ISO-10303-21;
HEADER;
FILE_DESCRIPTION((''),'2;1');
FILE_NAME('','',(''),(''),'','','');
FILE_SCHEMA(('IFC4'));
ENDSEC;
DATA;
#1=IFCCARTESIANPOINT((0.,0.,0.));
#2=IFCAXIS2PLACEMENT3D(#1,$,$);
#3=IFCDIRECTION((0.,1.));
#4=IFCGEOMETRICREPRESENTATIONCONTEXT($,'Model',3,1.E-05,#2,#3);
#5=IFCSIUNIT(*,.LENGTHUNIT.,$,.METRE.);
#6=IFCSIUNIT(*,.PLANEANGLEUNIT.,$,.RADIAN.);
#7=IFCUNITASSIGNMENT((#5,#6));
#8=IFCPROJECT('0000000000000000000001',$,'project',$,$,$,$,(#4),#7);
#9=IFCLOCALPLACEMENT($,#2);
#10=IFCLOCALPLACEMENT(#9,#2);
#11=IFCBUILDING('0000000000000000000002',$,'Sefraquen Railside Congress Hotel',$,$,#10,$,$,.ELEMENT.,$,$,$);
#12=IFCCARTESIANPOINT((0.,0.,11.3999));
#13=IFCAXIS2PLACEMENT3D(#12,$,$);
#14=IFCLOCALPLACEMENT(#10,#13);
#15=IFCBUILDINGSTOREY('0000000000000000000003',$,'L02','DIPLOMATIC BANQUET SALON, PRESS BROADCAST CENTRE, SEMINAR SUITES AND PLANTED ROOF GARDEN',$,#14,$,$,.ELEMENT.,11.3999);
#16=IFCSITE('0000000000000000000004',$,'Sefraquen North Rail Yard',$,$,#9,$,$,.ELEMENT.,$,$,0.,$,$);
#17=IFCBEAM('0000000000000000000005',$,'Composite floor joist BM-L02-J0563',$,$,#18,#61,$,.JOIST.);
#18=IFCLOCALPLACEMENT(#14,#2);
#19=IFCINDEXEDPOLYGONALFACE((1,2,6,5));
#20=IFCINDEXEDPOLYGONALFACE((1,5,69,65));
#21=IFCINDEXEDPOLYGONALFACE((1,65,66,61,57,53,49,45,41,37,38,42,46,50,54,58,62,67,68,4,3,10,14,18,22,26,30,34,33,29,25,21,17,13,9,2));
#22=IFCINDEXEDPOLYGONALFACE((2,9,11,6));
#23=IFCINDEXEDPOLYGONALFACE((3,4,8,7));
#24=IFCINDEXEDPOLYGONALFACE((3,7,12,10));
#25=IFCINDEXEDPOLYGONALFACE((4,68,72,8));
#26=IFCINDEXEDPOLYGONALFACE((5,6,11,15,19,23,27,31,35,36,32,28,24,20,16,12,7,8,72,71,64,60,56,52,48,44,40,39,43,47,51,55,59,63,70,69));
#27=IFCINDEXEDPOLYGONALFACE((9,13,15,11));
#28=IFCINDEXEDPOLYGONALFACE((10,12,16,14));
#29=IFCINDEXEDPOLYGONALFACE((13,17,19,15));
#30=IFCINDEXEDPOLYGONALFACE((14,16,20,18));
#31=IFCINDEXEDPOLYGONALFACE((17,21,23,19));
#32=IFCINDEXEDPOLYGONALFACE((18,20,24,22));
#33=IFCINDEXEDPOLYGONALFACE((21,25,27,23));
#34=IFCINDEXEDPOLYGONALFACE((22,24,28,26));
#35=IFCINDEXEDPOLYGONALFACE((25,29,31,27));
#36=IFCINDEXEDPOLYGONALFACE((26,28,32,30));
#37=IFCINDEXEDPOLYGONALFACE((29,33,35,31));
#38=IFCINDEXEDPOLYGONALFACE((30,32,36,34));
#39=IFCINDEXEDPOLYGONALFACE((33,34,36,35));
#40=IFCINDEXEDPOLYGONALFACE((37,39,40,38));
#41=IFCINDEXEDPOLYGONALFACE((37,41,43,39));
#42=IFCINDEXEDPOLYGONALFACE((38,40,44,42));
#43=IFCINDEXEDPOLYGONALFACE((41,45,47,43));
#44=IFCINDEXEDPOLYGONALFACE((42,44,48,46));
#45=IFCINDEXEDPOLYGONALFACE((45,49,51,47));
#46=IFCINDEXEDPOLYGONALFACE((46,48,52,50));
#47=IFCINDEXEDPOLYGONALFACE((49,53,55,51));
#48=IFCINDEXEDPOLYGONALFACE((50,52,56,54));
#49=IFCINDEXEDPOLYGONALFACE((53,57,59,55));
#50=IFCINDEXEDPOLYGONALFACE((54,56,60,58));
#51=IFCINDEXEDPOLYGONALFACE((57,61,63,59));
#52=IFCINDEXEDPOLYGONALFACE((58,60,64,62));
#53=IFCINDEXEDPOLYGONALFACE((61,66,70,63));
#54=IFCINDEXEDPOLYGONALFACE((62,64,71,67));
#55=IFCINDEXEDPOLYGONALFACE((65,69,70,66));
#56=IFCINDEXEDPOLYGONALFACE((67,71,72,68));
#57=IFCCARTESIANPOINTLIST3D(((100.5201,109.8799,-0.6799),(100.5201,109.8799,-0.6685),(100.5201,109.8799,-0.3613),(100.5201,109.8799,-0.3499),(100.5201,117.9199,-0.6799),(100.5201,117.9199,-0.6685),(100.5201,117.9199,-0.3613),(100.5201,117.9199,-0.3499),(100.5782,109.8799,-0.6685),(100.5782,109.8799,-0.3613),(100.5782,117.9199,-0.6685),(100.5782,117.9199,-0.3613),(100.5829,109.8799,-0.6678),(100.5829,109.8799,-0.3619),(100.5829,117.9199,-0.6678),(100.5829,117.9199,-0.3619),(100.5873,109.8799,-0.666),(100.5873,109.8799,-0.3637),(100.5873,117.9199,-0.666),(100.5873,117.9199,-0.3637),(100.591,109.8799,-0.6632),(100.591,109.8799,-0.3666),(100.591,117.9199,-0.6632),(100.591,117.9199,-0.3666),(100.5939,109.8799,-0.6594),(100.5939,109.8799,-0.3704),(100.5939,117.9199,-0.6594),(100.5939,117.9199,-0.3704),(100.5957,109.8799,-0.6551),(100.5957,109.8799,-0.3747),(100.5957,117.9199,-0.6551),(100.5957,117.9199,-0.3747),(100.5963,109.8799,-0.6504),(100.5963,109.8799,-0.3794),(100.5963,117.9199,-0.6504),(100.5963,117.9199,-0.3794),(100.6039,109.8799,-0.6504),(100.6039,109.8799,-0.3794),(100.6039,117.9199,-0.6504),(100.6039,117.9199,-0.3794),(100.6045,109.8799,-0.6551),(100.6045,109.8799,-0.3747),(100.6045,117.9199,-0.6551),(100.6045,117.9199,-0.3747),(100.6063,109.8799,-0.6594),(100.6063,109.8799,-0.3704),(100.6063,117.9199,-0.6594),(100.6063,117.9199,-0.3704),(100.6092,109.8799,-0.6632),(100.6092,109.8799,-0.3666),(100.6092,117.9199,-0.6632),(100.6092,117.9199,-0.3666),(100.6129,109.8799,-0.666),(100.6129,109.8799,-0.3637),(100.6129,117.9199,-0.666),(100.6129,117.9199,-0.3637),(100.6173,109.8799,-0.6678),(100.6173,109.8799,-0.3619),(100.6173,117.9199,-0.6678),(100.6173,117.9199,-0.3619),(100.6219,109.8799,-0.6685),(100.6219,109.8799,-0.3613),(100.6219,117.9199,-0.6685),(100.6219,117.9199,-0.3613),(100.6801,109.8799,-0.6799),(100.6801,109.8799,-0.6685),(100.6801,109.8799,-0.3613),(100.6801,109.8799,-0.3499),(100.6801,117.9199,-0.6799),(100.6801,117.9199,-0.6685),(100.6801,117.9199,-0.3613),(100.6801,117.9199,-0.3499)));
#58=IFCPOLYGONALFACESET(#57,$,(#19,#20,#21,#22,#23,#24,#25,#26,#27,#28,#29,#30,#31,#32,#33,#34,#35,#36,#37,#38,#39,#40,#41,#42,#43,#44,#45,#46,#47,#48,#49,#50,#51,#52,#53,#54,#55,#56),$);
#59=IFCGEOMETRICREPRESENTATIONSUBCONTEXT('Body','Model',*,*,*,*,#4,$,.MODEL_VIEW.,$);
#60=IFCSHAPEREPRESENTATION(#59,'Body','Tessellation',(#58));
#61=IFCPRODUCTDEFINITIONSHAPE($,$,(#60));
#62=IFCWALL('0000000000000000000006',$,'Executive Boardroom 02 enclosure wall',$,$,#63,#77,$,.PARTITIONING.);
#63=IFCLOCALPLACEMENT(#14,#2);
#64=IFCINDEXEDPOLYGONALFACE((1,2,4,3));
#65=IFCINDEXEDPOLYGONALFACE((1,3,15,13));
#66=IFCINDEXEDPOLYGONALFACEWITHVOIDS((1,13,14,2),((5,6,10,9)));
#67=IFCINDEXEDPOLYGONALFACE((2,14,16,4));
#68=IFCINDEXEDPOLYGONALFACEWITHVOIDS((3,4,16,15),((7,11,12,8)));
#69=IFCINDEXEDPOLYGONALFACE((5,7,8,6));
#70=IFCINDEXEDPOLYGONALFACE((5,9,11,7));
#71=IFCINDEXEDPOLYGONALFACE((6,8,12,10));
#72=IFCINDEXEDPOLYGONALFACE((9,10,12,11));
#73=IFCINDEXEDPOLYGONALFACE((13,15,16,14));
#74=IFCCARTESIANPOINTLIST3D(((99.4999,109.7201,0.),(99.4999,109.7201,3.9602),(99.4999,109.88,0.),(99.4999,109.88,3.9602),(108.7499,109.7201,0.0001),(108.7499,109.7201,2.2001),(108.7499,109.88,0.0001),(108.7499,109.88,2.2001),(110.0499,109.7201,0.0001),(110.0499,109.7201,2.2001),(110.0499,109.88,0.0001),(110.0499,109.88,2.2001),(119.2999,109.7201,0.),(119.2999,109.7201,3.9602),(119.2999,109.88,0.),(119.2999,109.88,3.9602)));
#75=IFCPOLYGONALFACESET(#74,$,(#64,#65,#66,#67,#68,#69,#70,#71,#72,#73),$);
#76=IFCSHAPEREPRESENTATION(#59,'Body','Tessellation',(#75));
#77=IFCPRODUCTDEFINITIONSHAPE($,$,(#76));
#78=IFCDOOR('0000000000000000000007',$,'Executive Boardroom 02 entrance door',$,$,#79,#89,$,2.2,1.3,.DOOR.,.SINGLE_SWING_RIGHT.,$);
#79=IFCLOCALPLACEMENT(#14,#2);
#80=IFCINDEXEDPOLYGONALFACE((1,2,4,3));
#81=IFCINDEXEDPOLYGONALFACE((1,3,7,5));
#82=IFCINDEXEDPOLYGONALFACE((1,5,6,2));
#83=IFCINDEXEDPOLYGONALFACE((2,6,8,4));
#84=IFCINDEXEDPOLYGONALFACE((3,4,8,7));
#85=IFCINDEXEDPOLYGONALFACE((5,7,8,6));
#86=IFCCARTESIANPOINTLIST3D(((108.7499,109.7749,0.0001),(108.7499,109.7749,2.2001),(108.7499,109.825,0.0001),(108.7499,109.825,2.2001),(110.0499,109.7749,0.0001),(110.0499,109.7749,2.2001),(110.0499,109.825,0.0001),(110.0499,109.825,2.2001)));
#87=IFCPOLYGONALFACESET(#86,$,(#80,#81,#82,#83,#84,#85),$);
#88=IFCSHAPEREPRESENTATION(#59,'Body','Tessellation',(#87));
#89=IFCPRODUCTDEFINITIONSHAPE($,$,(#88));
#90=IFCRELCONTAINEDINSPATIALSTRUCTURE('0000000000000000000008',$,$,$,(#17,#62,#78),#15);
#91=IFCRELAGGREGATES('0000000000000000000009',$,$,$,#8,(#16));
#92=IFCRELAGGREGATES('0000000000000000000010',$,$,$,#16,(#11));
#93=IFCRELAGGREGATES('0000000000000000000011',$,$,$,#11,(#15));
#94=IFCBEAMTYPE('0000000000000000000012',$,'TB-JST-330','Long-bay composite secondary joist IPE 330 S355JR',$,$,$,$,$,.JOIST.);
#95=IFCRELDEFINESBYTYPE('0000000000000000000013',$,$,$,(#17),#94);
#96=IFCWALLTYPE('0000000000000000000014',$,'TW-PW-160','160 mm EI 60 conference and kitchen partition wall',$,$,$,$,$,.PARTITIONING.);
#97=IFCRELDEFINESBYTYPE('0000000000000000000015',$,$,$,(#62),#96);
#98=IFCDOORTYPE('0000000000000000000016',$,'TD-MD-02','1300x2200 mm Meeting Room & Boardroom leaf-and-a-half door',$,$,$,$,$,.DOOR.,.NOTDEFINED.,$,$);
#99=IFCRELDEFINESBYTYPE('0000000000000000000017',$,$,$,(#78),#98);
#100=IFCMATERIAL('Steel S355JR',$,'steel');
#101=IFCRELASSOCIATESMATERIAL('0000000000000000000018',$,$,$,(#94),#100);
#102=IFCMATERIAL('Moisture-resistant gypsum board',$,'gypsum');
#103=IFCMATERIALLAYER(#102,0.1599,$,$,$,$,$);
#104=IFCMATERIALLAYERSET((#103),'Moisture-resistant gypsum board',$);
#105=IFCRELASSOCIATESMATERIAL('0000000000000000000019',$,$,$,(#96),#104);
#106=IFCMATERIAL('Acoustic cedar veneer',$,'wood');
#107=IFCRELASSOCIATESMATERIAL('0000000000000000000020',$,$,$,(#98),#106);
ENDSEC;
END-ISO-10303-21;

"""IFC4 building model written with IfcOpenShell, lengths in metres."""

from ifc_helpers import new_model, si_unit, direction, frame, frame_2d, origin, origin_2d, place, context, subcontext, project, spatial, rectangle, i_section, extrude, material, layer, layer_set, material_profile, profile_set, type_object, element, fill, save


model = new_model("IFC4")

# Units and contexts
model_context = context("Model", 3, precision=1e-05, world=origin(), true_north=direction((0.0, 1.0)))
body_context = subcontext(model_context, "Body", "Model", "MODEL_VIEW")
ifc_project = project(units=[si_unit("LENGTHUNIT", "METRE"), si_unit("PLANEANGLEUNIT", "RADIAN")], contexts=[model_context])

# Site, building, storey
site_placement = place(None, origin())
site = spatial("IfcSite", under=ifc_project, at=site_placement, Name="Sefraquen North Rail Yard", CompositionType="ELEMENT", RefElevation=0.0)
building_placement = place(site_placement, origin())
building = spatial("IfcBuilding", under=site, at=building_placement, Name="Sefraquen Railside Congress Hotel", CompositionType="ELEMENT")
storey_placement = place(building_placement, frame((0.0, 0.0, 11.3999)))
storey = spatial("IfcBuildingStorey", under=building, at=storey_placement, Name="L02", Description="DIPLOMATIC BANQUET SALON, PRESS BROADCAST CENTRE, SEMINAR SUITES AND PLANTED ROOF GARDEN", CompositionType="ELEMENT", Elevation=11.3999)

# Shared definitions
ifc_material_1 = material(Name="Steel S355JR", Category="steel")

# Beam
ifc_material_profile_1 = material_profile(ifc_material_1, i_section(OverallWidth=0.1599, OverallDepth=0.3301, WebThickness=0.0076, FlangeThickness=0.0115, FilletRadius=0.0181, at=origin_2d()), Name="IPE 330")
ifc_profile_set_1 = profile_set([ifc_material_profile_1], Name="Steel S355JR")
beam_type_1 = type_object("IfcBeamType", Name="TB-JST-330", Description="Long-bay composite secondary joist IPE 330 S355JR", PredefinedType="JOIST", material=ifc_profile_set_1)
for number, where, z_axis, x_axis, name in (
    (1, (100.6001, 109.8799, -0.5149), (0.0, 1.0, 0.0), (-1.0, 0.0, 0.0), "Composite floor joist BM-L02-J0563"),
):
    element("IfcBeam", number, at=place(storey_placement, frame(where, z_axis=z_axis, x_axis=x_axis)), inside=storey, type_object=beam_type_1, Name=name, PredefinedType="JOIST", context=body_context, shape_type="SweptSolid", body=[
        extrude(i_section(OverallWidth=0.1599, OverallDepth=0.3301, WebThickness=0.0076, FlangeThickness=0.0115, FilletRadius=0.0181, at=origin_2d()), origin(), (0.0, 0.0, 1.0), 8.04),
    ])

# Wall, opening, door
ifc_material_2 = material(Name="Moisture-resistant gypsum board", Category="gypsum")
ifc_layer = layer(ifc_material_2, 0.1599)
ifc_layer_set = layer_set([ifc_layer], Name="Moisture-resistant gypsum board")
wall_type = type_object("IfcWallType", Name="TW-PW-160", Description="160 mm EI 60 conference and kitchen partition wall", PredefinedType="PARTITIONING", material=ifc_layer_set)
wall_placement = place(storey_placement, frame((99.5, 109.8, 0.0), z_axis=(0.0, 0.0, 1.0), x_axis=(1.0, 0.0, 0.0)))
wall = element("IfcWall", 2, at=wall_placement, inside=storey, type_object=wall_type, Name="Executive Boardroom 02 enclosure wall", PredefinedType="PARTITIONING", context=body_context, shape_type="SweptSolid", body=[
    extrude(rectangle(XDim=19.8, YDim=0.1599, at=frame_2d((9.8999, 0.0))), origin(), (0.0, 0.0, 1.0), 3.9602),
])
opening_placement = place(wall_placement, frame((9.25, 0.0, 0.0)))
opening = element("IfcOpeningElement", 3, at=opening_placement, cuts=wall, PredefinedType="OPENING", context=body_context, shape_type="SweptSolid", body=[
    extrude(rectangle(XDim=1.3, YDim=2.2, at=frame_2d((0.6499, 1.1001))), frame((0.0, 0.0898, 0.0), z_axis=(0.0, -1.0, 0.0), x_axis=(1.0, 0.0, 0.0)), (0.0, 0.0, 1.0), 0.1799),
])
ifc_material_3 = material(Name="Acoustic cedar veneer", Category="wood")
door_type = type_object("IfcDoorType", Name="TD-MD-02", Description="1300x2200 mm Meeting Room & Boardroom leaf-and-a-half door", OperationType="NOTDEFINED", PredefinedType="DOOR", material=ifc_material_3)
door_placement = place(opening_placement, origin())
door = element("IfcDoor", 4, at=door_placement, inside=storey, type_object=door_type, Name="Executive Boardroom 02 entrance door", OperationType="SINGLE_SWING_RIGHT", OverallHeight=2.2, OverallWidth=1.3, PredefinedType="DOOR", context=body_context, shape_type="SweptSolid", body=[
    extrude(rectangle(XDim=1.3, YDim=2.2, at=frame_2d((0.6499, 1.1001))), frame((0.0, 0.0249, 0.0), z_axis=(0.0, -1.0, 0.0), x_axis=(1.0, 0.0, 0.0)), (0.0, 0.0, 1.0), 0.05),
])
fill(opening, door)

save(model, "model.ifc")
